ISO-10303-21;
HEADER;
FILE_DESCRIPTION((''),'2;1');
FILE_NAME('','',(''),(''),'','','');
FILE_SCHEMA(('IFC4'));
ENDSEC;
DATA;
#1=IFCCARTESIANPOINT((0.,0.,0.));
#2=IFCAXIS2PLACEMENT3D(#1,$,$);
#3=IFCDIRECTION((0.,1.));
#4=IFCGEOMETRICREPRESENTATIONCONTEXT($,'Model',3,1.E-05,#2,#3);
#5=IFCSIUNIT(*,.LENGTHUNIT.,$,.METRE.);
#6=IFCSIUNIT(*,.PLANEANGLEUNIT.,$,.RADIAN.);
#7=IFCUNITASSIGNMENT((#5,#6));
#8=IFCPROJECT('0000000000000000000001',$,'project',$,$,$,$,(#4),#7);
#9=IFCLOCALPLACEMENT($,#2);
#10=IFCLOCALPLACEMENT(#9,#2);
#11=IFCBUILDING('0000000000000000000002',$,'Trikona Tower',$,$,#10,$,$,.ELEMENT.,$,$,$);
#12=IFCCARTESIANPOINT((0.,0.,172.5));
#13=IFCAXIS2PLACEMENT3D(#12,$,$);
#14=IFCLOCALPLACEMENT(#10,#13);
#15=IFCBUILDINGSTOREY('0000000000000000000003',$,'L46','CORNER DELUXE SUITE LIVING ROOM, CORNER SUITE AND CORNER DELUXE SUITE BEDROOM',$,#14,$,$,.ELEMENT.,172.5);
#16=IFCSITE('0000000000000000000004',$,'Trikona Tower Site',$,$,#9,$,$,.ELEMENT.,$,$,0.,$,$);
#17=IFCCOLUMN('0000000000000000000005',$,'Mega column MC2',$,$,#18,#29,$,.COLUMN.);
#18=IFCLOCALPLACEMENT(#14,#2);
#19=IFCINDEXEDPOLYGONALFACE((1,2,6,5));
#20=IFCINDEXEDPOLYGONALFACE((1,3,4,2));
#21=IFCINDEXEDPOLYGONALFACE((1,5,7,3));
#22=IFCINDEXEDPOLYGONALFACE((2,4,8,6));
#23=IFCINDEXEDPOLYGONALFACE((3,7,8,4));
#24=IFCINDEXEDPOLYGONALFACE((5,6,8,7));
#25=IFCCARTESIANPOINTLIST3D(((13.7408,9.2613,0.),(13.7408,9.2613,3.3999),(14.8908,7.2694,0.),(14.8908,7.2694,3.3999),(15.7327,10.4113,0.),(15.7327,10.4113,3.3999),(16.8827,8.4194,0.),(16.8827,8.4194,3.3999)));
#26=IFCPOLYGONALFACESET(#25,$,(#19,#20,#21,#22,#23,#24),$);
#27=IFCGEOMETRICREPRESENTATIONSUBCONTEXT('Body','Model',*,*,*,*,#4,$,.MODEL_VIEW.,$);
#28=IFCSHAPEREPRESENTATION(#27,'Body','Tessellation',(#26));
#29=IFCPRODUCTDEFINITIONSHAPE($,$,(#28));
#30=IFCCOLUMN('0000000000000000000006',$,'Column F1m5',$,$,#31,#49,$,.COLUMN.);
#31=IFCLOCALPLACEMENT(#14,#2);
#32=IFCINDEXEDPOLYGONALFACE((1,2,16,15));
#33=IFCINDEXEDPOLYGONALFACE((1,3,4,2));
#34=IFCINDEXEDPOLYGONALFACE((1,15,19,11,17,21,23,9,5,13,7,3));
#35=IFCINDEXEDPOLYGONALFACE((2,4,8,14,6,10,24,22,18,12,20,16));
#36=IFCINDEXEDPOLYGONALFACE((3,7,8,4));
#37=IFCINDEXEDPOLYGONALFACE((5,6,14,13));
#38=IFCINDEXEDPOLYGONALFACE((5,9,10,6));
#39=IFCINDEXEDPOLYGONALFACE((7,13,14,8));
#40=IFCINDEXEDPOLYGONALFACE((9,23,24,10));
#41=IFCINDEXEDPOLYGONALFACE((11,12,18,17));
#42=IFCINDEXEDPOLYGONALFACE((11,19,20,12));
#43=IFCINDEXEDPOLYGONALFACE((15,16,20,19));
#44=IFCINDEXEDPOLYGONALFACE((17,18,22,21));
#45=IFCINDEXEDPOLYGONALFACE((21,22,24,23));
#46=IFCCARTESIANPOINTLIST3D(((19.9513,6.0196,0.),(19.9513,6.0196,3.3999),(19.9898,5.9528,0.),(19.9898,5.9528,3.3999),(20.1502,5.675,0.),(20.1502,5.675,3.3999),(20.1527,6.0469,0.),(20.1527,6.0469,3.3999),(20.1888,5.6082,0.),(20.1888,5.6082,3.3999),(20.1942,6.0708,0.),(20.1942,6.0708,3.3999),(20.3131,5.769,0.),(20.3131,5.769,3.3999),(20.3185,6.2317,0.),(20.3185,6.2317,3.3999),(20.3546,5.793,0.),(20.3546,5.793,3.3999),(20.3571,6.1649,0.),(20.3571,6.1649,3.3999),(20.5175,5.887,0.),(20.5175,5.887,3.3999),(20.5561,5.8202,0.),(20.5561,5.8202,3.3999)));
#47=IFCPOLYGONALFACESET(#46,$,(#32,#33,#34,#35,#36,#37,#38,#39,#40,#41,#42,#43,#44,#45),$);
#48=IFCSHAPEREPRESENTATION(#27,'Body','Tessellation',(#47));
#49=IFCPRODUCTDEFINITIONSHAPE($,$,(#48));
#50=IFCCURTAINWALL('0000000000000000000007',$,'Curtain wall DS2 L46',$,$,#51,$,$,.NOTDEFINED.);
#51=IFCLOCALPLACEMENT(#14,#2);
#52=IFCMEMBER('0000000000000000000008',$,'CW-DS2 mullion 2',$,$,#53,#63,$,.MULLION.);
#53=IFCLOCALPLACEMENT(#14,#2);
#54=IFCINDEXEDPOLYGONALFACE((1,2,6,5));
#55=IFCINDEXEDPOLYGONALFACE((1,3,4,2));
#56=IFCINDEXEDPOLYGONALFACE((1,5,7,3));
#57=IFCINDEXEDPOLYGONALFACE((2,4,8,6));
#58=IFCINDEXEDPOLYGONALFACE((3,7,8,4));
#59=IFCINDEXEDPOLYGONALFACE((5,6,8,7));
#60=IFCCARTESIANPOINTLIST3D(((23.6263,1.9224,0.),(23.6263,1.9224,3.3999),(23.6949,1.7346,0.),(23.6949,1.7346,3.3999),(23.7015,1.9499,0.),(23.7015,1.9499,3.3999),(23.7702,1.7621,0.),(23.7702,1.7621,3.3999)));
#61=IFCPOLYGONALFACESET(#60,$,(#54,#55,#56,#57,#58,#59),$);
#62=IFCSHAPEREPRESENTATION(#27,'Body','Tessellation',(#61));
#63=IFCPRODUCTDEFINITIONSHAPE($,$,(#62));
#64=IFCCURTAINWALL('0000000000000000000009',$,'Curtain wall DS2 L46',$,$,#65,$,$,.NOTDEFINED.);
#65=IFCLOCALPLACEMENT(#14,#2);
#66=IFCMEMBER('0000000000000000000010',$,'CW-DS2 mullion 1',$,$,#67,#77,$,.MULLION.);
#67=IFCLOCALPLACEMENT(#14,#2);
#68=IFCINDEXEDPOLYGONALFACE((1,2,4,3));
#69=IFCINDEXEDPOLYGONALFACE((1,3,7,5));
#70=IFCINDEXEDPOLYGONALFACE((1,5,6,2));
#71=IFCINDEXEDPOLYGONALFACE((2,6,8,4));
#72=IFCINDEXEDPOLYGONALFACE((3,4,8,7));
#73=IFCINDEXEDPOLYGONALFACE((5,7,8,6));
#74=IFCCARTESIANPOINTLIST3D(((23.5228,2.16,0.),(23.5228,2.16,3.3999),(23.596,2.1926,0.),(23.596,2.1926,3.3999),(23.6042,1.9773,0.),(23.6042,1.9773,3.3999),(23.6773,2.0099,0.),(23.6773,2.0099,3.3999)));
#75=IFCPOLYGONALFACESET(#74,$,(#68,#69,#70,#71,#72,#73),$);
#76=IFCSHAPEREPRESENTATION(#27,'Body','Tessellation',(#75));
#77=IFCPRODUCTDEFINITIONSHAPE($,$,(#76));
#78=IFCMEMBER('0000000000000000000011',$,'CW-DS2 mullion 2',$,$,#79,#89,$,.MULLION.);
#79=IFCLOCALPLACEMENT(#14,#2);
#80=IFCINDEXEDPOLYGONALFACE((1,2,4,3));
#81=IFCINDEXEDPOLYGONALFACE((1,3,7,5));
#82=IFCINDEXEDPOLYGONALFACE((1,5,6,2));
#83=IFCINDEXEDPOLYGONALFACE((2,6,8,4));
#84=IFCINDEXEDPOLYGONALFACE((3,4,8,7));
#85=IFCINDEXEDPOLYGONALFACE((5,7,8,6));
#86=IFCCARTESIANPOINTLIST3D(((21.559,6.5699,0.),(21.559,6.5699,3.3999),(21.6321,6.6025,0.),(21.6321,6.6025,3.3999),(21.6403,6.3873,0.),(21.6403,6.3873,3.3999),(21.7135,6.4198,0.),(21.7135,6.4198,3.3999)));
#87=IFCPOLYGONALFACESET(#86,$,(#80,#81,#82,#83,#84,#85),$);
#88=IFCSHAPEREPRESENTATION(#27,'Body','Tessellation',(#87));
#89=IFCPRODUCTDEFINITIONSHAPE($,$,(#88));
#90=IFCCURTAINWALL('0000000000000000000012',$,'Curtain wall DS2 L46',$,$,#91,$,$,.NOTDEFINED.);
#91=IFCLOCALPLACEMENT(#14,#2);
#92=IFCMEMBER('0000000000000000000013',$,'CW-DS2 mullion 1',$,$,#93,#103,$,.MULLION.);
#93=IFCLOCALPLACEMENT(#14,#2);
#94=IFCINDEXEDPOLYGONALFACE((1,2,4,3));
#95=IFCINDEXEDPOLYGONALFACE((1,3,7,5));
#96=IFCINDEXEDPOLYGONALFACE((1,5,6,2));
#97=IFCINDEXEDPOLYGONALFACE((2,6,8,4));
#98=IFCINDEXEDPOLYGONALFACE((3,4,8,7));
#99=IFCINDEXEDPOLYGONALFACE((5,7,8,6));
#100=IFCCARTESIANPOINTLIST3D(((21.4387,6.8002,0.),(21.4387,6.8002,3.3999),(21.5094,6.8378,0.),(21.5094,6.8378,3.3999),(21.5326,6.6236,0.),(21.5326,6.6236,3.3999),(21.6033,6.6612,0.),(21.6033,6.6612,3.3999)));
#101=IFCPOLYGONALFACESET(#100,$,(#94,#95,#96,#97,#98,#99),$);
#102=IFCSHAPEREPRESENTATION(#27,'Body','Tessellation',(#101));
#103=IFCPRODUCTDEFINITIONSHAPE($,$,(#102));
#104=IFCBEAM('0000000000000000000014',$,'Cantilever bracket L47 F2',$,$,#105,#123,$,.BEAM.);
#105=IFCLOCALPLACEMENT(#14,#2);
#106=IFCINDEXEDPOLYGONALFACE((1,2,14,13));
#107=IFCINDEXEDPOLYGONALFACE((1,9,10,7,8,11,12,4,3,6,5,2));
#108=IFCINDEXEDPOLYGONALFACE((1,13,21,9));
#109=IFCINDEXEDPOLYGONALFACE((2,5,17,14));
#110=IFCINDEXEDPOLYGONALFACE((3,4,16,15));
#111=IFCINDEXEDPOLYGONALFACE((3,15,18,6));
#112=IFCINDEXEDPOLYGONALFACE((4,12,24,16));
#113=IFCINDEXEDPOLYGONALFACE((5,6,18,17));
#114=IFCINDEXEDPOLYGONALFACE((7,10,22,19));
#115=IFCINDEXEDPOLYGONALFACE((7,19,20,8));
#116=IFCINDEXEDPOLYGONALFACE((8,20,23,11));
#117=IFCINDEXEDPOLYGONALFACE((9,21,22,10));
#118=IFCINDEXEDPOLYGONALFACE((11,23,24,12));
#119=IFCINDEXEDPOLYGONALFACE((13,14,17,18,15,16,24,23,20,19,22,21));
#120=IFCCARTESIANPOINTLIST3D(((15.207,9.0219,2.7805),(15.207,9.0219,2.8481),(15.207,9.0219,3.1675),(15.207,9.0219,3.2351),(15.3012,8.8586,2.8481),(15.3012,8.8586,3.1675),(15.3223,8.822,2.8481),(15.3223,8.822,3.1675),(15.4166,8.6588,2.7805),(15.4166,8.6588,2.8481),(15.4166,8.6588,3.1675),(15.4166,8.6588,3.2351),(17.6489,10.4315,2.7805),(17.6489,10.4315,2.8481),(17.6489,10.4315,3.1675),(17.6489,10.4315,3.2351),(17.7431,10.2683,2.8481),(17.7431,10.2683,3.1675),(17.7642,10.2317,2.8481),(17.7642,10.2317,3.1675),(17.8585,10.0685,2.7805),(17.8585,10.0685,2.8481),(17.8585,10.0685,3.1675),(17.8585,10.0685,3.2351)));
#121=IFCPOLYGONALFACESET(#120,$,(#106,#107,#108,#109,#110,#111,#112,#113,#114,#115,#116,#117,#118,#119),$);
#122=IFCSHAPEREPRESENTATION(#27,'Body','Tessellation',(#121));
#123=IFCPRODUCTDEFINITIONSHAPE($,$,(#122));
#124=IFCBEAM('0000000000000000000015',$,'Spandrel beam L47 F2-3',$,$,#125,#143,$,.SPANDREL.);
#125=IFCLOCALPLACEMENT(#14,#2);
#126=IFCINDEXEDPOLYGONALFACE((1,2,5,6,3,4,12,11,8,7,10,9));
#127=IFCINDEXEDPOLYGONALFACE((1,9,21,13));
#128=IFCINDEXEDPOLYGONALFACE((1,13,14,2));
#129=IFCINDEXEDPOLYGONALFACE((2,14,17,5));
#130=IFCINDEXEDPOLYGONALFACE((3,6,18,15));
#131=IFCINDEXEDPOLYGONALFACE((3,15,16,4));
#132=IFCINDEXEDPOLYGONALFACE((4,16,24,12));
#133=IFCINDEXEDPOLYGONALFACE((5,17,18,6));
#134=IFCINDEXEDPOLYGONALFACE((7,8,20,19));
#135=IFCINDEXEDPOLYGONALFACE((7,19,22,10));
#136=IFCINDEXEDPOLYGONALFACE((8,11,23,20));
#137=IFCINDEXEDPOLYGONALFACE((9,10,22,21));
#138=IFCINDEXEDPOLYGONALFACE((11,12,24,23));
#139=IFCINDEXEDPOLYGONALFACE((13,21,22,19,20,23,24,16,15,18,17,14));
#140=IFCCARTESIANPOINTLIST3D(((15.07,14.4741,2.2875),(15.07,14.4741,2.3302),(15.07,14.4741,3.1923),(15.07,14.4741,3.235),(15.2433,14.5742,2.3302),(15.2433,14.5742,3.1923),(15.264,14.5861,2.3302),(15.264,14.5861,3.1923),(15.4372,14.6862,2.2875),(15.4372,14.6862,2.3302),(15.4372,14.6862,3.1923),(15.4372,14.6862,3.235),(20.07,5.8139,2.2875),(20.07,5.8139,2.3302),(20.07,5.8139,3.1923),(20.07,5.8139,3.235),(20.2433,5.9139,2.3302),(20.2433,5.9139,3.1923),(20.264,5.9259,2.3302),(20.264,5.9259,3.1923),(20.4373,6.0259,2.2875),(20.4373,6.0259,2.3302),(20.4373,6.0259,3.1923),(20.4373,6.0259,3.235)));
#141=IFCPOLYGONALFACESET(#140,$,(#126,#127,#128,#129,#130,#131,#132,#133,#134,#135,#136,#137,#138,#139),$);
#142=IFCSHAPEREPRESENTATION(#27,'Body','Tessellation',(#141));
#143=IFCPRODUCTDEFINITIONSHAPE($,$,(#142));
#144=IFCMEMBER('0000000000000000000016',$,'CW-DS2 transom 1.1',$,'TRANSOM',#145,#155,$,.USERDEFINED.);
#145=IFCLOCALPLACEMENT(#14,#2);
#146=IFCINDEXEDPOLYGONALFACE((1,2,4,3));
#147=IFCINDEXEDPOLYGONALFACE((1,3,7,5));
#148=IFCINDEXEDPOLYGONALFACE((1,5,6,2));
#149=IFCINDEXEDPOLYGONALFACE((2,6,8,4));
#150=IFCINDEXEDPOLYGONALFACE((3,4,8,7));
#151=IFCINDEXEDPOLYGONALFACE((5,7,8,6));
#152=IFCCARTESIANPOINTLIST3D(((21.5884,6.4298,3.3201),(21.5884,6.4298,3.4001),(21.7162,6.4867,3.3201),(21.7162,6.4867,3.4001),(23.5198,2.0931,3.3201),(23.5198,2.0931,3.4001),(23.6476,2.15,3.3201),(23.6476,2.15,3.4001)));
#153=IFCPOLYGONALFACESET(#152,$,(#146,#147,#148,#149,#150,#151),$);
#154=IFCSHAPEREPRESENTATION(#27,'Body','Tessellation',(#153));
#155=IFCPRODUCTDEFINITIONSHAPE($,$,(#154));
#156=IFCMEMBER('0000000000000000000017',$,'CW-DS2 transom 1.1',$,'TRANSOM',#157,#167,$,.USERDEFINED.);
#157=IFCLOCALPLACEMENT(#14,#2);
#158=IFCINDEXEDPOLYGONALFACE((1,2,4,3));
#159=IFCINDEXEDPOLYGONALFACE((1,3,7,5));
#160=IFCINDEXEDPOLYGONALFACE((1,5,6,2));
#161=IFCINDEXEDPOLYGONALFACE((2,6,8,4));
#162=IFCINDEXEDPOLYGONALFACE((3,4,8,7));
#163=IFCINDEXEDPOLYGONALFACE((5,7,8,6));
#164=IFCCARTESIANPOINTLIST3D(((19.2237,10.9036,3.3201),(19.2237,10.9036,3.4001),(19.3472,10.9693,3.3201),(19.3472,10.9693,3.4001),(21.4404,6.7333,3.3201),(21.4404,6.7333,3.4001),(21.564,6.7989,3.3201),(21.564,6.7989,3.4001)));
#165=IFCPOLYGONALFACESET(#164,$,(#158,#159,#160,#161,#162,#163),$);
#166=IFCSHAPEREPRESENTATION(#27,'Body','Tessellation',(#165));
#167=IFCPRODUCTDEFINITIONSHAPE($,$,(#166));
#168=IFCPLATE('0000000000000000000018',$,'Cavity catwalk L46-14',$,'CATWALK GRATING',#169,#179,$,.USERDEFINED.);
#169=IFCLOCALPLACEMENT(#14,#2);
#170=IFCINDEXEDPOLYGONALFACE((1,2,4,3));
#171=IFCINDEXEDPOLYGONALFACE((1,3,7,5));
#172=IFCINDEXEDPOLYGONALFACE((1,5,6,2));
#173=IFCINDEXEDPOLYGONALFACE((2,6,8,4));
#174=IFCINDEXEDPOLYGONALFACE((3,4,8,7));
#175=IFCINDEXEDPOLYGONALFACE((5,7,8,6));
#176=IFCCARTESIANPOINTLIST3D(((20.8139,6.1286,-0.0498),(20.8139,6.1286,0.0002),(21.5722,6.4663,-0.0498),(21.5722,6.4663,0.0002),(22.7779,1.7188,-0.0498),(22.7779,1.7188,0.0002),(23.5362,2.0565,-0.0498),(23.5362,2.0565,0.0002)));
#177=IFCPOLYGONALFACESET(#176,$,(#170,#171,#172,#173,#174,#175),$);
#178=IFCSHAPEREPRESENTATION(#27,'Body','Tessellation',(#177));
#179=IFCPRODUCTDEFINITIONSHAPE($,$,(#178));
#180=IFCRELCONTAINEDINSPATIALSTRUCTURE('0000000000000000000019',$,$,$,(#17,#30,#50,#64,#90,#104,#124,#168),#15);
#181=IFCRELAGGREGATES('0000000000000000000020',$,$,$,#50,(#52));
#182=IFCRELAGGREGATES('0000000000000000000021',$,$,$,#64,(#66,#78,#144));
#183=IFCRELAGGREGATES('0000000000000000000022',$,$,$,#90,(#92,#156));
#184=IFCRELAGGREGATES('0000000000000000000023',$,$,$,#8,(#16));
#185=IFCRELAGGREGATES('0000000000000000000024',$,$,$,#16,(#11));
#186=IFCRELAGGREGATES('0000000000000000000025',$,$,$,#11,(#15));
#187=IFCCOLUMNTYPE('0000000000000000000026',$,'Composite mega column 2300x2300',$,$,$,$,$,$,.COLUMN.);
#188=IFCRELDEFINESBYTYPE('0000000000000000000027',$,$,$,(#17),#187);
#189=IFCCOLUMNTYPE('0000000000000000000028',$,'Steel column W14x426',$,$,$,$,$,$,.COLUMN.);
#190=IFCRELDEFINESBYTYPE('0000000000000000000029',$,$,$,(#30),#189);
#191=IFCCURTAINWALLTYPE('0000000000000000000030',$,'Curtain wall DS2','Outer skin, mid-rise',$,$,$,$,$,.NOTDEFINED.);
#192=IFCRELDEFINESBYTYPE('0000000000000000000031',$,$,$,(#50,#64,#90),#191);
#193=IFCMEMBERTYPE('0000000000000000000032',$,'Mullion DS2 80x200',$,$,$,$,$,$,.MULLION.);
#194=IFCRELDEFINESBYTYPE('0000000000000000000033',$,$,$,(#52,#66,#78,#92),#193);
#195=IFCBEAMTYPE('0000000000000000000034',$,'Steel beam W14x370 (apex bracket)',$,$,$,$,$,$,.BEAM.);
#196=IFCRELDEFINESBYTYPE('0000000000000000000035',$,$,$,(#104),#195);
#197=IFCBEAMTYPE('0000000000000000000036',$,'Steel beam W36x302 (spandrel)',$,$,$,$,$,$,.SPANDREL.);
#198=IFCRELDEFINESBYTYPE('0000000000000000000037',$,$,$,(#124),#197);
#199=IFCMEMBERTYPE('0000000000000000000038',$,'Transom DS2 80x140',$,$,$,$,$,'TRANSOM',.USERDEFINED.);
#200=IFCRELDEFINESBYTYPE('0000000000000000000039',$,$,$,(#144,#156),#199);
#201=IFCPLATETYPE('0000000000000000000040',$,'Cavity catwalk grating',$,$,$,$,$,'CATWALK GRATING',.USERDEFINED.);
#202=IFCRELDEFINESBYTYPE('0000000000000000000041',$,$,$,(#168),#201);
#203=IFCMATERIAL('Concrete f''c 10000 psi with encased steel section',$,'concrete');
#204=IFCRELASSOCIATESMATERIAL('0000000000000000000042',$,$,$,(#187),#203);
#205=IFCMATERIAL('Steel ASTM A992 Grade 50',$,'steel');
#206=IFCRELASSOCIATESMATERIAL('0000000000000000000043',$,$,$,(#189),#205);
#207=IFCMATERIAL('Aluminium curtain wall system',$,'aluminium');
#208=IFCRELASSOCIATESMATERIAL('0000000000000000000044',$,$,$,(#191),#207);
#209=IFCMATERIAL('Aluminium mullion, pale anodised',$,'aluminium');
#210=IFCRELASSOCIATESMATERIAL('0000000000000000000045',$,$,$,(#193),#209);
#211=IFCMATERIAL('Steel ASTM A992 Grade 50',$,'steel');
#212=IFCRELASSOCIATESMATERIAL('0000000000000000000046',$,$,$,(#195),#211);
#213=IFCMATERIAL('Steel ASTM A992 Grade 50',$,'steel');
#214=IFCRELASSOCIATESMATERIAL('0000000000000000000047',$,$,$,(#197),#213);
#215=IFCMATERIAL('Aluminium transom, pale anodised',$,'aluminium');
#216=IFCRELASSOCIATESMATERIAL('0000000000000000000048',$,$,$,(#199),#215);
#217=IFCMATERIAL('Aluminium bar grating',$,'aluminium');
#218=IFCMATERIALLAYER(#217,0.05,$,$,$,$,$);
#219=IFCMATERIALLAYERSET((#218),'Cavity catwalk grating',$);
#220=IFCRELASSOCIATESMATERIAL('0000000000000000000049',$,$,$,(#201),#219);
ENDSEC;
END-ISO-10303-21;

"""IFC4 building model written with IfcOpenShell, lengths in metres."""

from ifc_helpers import new_model, si_unit, direction, frame, origin, origin_2d, place, context, subcontext, project, spatial, rectangle, i_section, extrude, material, layer, layer_set, material_profile, profile_set, type_object, element, aggregate, save


model = new_model("IFC4")

# Units and contexts
model_context = context("Model", 3, precision=1e-05, world=origin(), true_north=direction((0.0, 1.0)))
body_context = subcontext(model_context, "Body", "Model", "MODEL_VIEW")
ifc_project = project(units=[si_unit("LENGTHUNIT", "METRE"), si_unit("PLANEANGLEUNIT", "RADIAN")], contexts=[model_context])

# Site, building, storey
site_placement = place(None, origin())
site = spatial("IfcSite", under=ifc_project, at=site_placement, Name="Trikona Tower Site", CompositionType="ELEMENT", RefElevation=0.0)
building_placement = place(site_placement, origin())
building = spatial("IfcBuilding", under=site, at=building_placement, Name="Trikona Tower", CompositionType="ELEMENT")
storey_placement = place(building_placement, frame((0.0, 0.0, 172.5)))
storey = spatial("IfcBuildingStorey", under=building, at=storey_placement, Name="L46", Description="CORNER DELUXE SUITE LIVING ROOM, CORNER SUITE AND CORNER DELUXE SUITE BEDROOM", CompositionType="ELEMENT", Elevation=172.5)

# Columns
ifc_material_1 = material(Name="Concrete f'c 10000 psi with encased steel section", Category="concrete")
ifc_material_profile_1 = material_profile(ifc_material_1, rectangle(XDim=2.3, YDim=2.3, at=origin_2d()), Name="MC2300")
ifc_profile_set_1 = profile_set([ifc_material_profile_1], Name="Concrete f'c 10000 psi with encased steel section")
column_type_1 = type_object("IfcColumnType", Name="Composite mega column 2300x2300", PredefinedType="COLUMN", material=ifc_profile_set_1)
column_1_placement = place(storey_placement, frame((15.3118, 8.8403, 0.0), z_axis=(0.0, 0.0, 1.0), x_axis=(0.866025, 0.5, 0.0)))
element("IfcColumn", 1, at=column_1_placement, inside=storey, type_object=column_type_1, Name="Mega column MC2", PredefinedType="COLUMN", context=body_context, shape_type="SweptSolid", body=[
    extrude(rectangle(XDim=2.3, YDim=2.3, at=origin_2d()), origin(), (0.0, 0.0, 1.0), 3.3999),
])
ifc_material_2 = material(Name="Steel ASTM A992 Grade 50", Category="steel")
ifc_material_profile_2 = material_profile(ifc_material_2, i_section(OverallWidth=0.4241, OverallDepth=0.4751, WebThickness=0.0479, FlangeThickness=0.0771, at=origin_2d()), Name="W14X426")
ifc_profile_set_2 = profile_set([ifc_material_profile_2], Name="Steel ASTM A992 Grade 50")
column_type_2 = type_object("IfcColumnType", Name="Steel column W14x426", PredefinedType="COLUMN", material=ifc_profile_set_2)
column_2_placement = place(storey_placement, frame((20.2537, 5.9199, 0.0), z_axis=(0.0, 0.0, 1.0), x_axis=(0.866025, 0.5, 0.0)))
element("IfcColumn", 2, at=column_2_placement, inside=storey, type_object=column_type_2, Name="Column F1m5", PredefinedType="COLUMN", context=body_context, shape_type="SweptSolid", body=[
    extrude(i_section(OverallWidth=0.4241, OverallDepth=0.4751, WebThickness=0.0479, FlangeThickness=0.0771, at=origin_2d()), origin(), (0.0, 0.0, 1.0), 3.3999),
])

# Curtain wall, member
ifc_material_3 = material(Name="Aluminium curtain wall system", Category="aluminium")
curtain_wall_type = type_object("IfcCurtainWallType", Name="Curtain wall DS2", Description="Outer skin, mid-rise", PredefinedType="NOTDEFINED", material=ifc_material_3)
curtain_wall_1_placement = place(storey_placement, origin())
curtain_wall_1 = element("IfcCurtainWall", 3, at=curtain_wall_1_placement, inside=storey, type_object=curtain_wall_type, Name="Curtain wall DS2 L46", PredefinedType="NOTDEFINED")
ifc_material_4 = material(Name="Aluminium mullion, pale anodised", Category="aluminium")
ifc_material_profile_3 = material_profile(ifc_material_4, rectangle(XDim=0.0801, YDim=0.2, at=origin_2d()), Name="MUL-DS2")
ifc_profile_set_3 = profile_set([ifc_material_profile_3], Name="Aluminium mullion, pale anodised")
member_type_1 = type_object("IfcMemberType", Name="Mullion DS2 80x200", PredefinedType="MULLION", material=ifc_profile_set_3)
member_1_placement = place(storey_placement, frame((23.6982, 1.8423, 0.0), z_axis=(0.0, 0.0, 1.0), x_axis=(-0.939254, -0.343223, 0.0)))
member_1 = element("IfcMember", 4, at=member_1_placement, type_object=member_type_1, Name="CW-DS2 mullion 2", PredefinedType="MULLION", context=body_context, shape_type="SweptSolid", body=[
    extrude(rectangle(XDim=0.0801, YDim=0.2, at=origin_2d()), origin(), (0.0, 0.0, 1.0), 3.3999),
])

# Curtain wall, members
curtain_wall_2_placement = place(storey_placement, origin())
curtain_wall_2 = element("IfcCurtainWall", 5, at=curtain_wall_2_placement, inside=storey, type_object=curtain_wall_type, Name="Curtain wall DS2 L46", PredefinedType="NOTDEFINED")
member_2_placement = place(storey_placement, frame((23.6001, 2.085, 0.0), z_axis=(0.0, 0.0, 1.0), x_axis=(-0.913501, -0.406836, 0.0)))
member_2 = element("IfcMember", 6, at=member_2_placement, type_object=member_type_1, Name="CW-DS2 mullion 1", PredefinedType="MULLION", context=body_context, shape_type="SweptSolid", body=[
    extrude(rectangle(XDim=0.0801, YDim=0.2, at=origin_2d()), origin(), (0.0, 0.0, 1.0), 3.3999),
])
member_3_placement = place(storey_placement, frame((21.6362, 6.4949, 0.0), z_axis=(0.0, 0.0, 1.0), x_axis=(-0.913501, -0.406836, 0.0)))
member_3 = element("IfcMember", 7, at=member_3_placement, type_object=member_type_1, Name="CW-DS2 mullion 2", PredefinedType="MULLION", context=body_context, shape_type="SweptSolid", body=[
    extrude(rectangle(XDim=0.0801, YDim=0.2, at=origin_2d()), origin(), (0.0, 0.0, 1.0), 3.3999),
])

# Curtain wall, member
curtain_wall_3_placement = place(storey_placement, origin())
curtain_wall_3 = element("IfcCurtainWall", 8, at=curtain_wall_3_placement, inside=storey, type_object=curtain_wall_type, Name="Curtain wall DS2 L46", PredefinedType="NOTDEFINED")
member_4_placement = place(storey_placement, frame((21.521, 6.7307, 0.0), z_axis=(0.0, 0.0, 1.0), x_axis=(-0.882996, -0.46938, 0.0)))
member_4 = element("IfcMember", 9, at=member_4_placement, type_object=member_type_1, Name="CW-DS2 mullion 1", PredefinedType="MULLION", context=body_context, shape_type="SweptSolid", body=[
    extrude(rectangle(XDim=0.0801, YDim=0.2, at=origin_2d()), origin(), (0.0, 0.0, 1.0), 3.3999),
])

# Beams
ifc_material_5 = material(Name="Steel ASTM A992 Grade 50", Category="steel")
ifc_material_profile_4 = material_profile(ifc_material_5, i_section(OverallWidth=0.4192, OverallDepth=0.4546, WebThickness=0.0422, FlangeThickness=0.0676, at=origin_2d()), Name="W14X370")
ifc_profile_set_4 = profile_set([ifc_material_profile_4], Name="Steel ASTM A992 Grade 50")
beam_type_1 = type_object("IfcBeamType", Name="Steel beam W14x370 (apex bracket)", PredefinedType="BEAM", material=ifc_profile_set_4)
beam_1_placement = place(storey_placement, frame((15.3118, 8.8403, 3.0078), z_axis=(0.86605, 0.499957, 0.0), x_axis=(-0.499957, 0.86605, 0.0)))
element("IfcBeam", 10, at=beam_1_placement, inside=storey, type_object=beam_type_1, Name="Cantilever bracket L47 F2", PredefinedType="BEAM", context=body_context, shape_type="SweptSolid", body=[
    extrude(i_section(OverallWidth=0.4192, OverallDepth=0.4546, WebThickness=0.0422, FlangeThickness=0.0676, at=origin_2d()), origin(), (0.0, 0.0, 1.0), 2.8196),
])
ifc_material_6 = material(Name="Steel ASTM A992 Grade 50", Category="steel")
ifc_material_profile_5 = material_profile(ifc_material_6, i_section(OverallWidth=0.4241, OverallDepth=0.9475, WebThickness=0.0239, FlangeThickness=0.0427, at=origin_2d()), Name="W36X302")
ifc_profile_set_5 = profile_set([ifc_material_profile_5], Name="Steel ASTM A992 Grade 50")
beam_type_2 = type_object("IfcBeamType", Name="Steel beam W36x302 (spandrel)", PredefinedType="SPANDREL", material=ifc_profile_set_5)
beam_2_placement = place(storey_placement, frame((20.2537, 5.9199, 2.7612), z_axis=(-0.500004, 0.866023, 0.0), x_axis=(-0.866023, -0.500004, 0.0)))
element("IfcBeam", 11, at=beam_2_placement, inside=storey, type_object=beam_type_2, Name="Spandrel beam L47 F2-3", PredefinedType="SPANDREL", context=body_context, shape_type="SweptSolid", body=[
    extrude(i_section(OverallWidth=0.4241, OverallDepth=0.9475, WebThickness=0.0239, FlangeThickness=0.0427, at=origin_2d()), origin(), (0.0, 0.0, 1.0), 10.0),
])

# Members
ifc_material_7 = material(Name="Aluminium transom, pale anodised", Category="aluminium")
ifc_material_profile_6 = material_profile(ifc_material_7, rectangle(XDim=0.1399, YDim=0.0801, at=origin_2d()), Name="TRN-DS2")
ifc_profile_set_6 = profile_set([ifc_material_profile_6], Name="Aluminium transom, pale anodised")
member_type_2 = type_object("IfcMemberType", Name="Transom DS2 80x140", ElementType="TRANSOM", PredefinedType="USERDEFINED", material=ifc_profile_set_6)
member_5_placement = place(storey_placement, frame((23.5837, 2.1216, 3.3601), z_axis=(-0.40684, 0.9135, 0.0), x_axis=(-0.9135, -0.40684, 0.0)))
member_5 = element("IfcMember", 12, at=member_5_placement, type_object=member_type_2, Name="CW-DS2 transom 1.1", ObjectType="TRANSOM", PredefinedType="USERDEFINED", context=body_context, shape_type="SweptSolid", body=[
    extrude(rectangle(XDim=0.1399, YDim=0.0801, at=origin_2d()), origin(), (0.0, 0.0, 1.0), 4.7473),
])
member_6_placement = place(storey_placement, frame((21.5022, 6.7661, 3.3601), z_axis=(-0.469364, 0.883005, 0.0), x_axis=(-0.883005, -0.469364, 0.0)))
member_6 = element("IfcMember", 13, at=member_6_placement, type_object=member_type_2, Name="CW-DS2 transom 1.1", ObjectType="TRANSOM", PredefinedType="USERDEFINED", context=body_context, shape_type="SweptSolid", body=[
    extrude(rectangle(XDim=0.1399, YDim=0.0801, at=origin_2d()), origin(), (0.0, 0.0, 1.0), 4.7229),
])

# Plate
ifc_material_8 = material(Name="Aluminium bar grating", Category="aluminium")
ifc_layer_1 = layer(ifc_material_8, 0.05)
ifc_layer_set_1 = layer_set([ifc_layer_1], Name="Cavity catwalk grating")
plate_type_1 = type_object("IfcPlateType", Name="Cavity catwalk grating", ElementType="CATWALK GRATING", PredefinedType="USERDEFINED", material=ifc_layer_set_1)
plate_1_placement = place(storey_placement, frame((22.175, 4.0925, -0.0498), z_axis=(0.0, 0.0, 1.0), x_axis=(-0.406843, 0.913498, 0.0)))
element("IfcPlate", 14, at=plate_1_placement, inside=storey, type_object=plate_type_1, Name="Cavity catwalk L46-14", ObjectType="CATWALK GRATING", PredefinedType="USERDEFINED", context=body_context, shape_type="SweptSolid", body=[
    extrude(rectangle(XDim=4.8274, YDim=0.8301, at=origin_2d()), origin(), (0.0, 0.0, 1.0), 0.05),
])

aggregate(curtain_wall_1, [member_1])
aggregate(curtain_wall_2, [member_2, member_3, member_5])
aggregate(curtain_wall_3, [member_4, member_6])

save(model, "model.ifc")
